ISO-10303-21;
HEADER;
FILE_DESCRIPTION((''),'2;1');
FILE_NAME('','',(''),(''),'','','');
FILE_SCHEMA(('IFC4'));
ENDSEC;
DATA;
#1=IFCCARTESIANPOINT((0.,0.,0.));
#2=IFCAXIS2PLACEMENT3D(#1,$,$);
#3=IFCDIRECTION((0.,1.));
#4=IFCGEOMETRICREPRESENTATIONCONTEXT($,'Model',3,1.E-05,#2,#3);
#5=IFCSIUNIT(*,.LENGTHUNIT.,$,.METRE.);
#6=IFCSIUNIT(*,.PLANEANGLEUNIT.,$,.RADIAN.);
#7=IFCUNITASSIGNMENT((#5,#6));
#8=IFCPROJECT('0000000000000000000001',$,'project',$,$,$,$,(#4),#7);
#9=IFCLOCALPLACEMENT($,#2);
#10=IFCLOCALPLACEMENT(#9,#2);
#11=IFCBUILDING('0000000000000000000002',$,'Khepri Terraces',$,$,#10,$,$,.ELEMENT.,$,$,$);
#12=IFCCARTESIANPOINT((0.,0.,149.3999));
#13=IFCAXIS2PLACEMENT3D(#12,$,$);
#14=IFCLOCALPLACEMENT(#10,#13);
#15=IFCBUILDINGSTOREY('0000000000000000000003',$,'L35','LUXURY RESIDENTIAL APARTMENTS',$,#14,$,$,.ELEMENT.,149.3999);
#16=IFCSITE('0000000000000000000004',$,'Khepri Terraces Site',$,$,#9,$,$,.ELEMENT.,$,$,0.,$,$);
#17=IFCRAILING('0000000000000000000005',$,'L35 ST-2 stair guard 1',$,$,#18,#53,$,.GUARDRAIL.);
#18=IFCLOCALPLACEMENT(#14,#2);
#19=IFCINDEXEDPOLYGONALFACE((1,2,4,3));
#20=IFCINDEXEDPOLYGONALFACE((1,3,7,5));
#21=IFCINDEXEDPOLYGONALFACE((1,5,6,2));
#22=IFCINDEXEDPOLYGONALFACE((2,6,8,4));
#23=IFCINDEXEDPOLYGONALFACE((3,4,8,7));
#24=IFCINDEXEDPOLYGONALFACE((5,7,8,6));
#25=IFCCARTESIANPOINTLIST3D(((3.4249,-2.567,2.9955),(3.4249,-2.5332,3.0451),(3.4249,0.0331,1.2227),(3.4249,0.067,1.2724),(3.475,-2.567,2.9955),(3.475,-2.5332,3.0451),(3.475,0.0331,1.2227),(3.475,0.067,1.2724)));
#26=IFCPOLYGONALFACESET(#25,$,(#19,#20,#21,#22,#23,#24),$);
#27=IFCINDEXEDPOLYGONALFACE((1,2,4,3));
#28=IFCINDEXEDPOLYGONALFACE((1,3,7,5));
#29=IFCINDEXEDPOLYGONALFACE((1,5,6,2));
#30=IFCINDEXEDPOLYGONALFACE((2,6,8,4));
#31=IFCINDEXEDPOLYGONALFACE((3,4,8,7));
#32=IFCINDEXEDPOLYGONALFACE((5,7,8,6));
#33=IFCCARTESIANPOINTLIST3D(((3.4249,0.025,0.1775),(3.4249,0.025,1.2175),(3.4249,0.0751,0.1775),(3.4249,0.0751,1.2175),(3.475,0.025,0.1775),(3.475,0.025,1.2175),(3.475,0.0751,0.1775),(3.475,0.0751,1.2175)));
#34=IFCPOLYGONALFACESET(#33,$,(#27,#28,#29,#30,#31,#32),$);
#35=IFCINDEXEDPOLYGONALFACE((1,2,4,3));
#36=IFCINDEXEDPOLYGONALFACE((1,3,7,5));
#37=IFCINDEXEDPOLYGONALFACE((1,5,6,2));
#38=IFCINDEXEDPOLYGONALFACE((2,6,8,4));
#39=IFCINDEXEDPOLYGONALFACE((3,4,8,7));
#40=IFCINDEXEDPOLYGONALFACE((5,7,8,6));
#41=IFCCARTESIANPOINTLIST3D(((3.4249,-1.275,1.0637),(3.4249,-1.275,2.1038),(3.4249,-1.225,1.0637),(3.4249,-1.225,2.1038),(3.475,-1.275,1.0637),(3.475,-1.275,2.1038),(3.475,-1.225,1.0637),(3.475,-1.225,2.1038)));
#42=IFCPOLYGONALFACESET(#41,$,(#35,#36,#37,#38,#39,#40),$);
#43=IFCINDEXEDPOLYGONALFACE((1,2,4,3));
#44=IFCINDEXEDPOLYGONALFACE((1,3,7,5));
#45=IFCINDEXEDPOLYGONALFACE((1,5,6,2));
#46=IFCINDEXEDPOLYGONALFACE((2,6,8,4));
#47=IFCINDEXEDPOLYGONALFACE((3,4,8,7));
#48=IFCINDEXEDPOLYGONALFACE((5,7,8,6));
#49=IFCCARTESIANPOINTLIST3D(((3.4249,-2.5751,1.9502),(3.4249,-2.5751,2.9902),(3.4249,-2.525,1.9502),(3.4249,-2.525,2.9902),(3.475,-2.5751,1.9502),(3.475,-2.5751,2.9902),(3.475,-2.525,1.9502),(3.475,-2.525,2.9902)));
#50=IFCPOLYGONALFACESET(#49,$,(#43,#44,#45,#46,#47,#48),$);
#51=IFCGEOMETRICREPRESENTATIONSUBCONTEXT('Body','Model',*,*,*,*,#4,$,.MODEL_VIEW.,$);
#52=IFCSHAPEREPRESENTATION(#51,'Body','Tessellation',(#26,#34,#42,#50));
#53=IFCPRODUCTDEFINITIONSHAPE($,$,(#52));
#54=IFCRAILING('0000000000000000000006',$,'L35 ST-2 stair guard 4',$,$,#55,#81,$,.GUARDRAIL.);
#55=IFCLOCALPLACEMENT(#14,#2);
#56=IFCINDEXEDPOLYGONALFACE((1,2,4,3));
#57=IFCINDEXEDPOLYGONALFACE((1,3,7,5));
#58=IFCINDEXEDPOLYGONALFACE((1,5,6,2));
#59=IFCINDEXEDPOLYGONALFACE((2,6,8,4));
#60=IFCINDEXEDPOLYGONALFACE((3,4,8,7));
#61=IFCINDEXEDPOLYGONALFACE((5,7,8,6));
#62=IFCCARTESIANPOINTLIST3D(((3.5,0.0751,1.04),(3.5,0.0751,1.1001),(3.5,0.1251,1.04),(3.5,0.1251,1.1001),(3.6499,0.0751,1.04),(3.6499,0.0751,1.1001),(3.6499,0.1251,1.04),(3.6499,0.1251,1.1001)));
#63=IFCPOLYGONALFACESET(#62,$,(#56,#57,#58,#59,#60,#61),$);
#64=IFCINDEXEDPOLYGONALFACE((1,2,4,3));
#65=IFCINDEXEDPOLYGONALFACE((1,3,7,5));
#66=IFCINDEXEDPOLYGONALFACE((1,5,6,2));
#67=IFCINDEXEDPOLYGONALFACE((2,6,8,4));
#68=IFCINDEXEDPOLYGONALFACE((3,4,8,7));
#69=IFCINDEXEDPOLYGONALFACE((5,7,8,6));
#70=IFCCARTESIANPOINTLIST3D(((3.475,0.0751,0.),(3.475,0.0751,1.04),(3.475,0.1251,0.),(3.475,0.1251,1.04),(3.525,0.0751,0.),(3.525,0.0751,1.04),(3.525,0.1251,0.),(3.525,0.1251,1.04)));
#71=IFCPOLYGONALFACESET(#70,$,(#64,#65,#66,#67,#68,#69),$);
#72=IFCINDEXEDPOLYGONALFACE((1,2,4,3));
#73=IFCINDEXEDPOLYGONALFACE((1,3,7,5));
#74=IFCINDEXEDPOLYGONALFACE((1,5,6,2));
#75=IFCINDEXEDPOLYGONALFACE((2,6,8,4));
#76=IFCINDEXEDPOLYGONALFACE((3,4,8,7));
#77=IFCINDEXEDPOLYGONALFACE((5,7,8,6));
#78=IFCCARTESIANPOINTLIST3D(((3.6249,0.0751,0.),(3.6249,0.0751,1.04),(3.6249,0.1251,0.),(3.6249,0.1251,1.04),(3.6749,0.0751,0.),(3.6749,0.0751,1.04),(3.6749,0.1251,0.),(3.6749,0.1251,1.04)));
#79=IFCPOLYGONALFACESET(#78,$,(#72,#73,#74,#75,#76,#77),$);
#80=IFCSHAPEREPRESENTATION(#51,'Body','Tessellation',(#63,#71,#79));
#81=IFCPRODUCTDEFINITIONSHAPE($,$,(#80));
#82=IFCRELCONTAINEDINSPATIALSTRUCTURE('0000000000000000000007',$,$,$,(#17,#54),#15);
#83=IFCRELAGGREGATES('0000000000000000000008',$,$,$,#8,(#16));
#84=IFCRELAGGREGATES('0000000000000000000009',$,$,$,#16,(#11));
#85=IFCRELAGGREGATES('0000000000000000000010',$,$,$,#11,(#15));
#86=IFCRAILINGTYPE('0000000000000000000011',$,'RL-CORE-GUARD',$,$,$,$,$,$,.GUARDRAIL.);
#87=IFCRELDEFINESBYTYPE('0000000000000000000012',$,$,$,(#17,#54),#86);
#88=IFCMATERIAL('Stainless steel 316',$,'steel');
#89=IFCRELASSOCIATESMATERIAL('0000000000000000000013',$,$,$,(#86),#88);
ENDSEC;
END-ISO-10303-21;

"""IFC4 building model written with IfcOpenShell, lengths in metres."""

from ifc_helpers import new_model, si_unit, direction, frame, origin, origin_2d, place, context, subcontext, project, spatial, rectangle, extrude, material, type_object, element, save


model = new_model("IFC4")

# Units and contexts
model_context = context("Model", 3, precision=1e-05, world=origin(), true_north=direction((0.0, 1.0)))
body_context = subcontext(model_context, "Body", "Model", "MODEL_VIEW")
ifc_project = project(units=[si_unit("LENGTHUNIT", "METRE"), si_unit("PLANEANGLEUNIT", "RADIAN")], contexts=[model_context])

# Site, building, storey
site_placement = place(None, origin())
site = spatial("IfcSite", under=ifc_project, at=site_placement, Name="Khepri Terraces Site", CompositionType="ELEMENT", RefElevation=0.0)
building_placement = place(site_placement, origin())
building = spatial("IfcBuilding", under=site, at=building_placement, Name="Khepri Terraces", CompositionType="ELEMENT")
storey_placement = place(building_placement, frame((0.0, 0.0, 149.3999)))
storey = spatial("IfcBuildingStorey", under=building, at=storey_placement, Name="L35", Description="LUXURY RESIDENTIAL APARTMENTS", CompositionType="ELEMENT", Elevation=149.3999)

# Railings
ifc_material_1 = material(Name="Stainless steel 316", Category="steel")
railing_type = type_object("IfcRailingType", Name="RL-CORE-GUARD", PredefinedType="GUARDRAIL", material=ifc_material_1)
railing_1_placement = place(storey_placement, frame((3.45, 0.05, 0.1775)))
element("IfcRailing", 1, at=railing_1_placement, inside=storey, type_object=railing_type, Name="L35 ST-2 stair guard 1", PredefinedType="GUARDRAIL", context=body_context, shape_type="SweptSolid", body=[
    extrude(rectangle(XDim=0.05, YDim=0.0601, at=origin_2d()), frame((0.0, 0.0, 1.0701), z_axis=(0.0, -0.82624, 0.563318), x_axis=(1.0, 0.0, 0.0)), (0.0, 0.0, 1.0), 3.147),
    extrude(rectangle(XDim=0.05, YDim=0.05, at=origin_2d()), origin(), (0.0, 0.0, 1.0), 1.04),
    extrude(rectangle(XDim=0.05, YDim=0.05, at=origin_2d()), frame((0.0, -1.3, 0.8862)), (0.0, 0.0, 1.0), 1.04),
    extrude(rectangle(XDim=0.05, YDim=0.05, at=origin_2d()), frame((0.0, -2.6001, 1.7727)), (0.0, 0.0, 1.0), 1.04),
])
railing_2_placement = place(storey_placement, frame((3.5, 0.1001, 0.0)))
element("IfcRailing", 2, at=railing_2_placement, inside=storey, type_object=railing_type, Name="L35 ST-2 stair guard 4", PredefinedType="GUARDRAIL", context=body_context, shape_type="SweptSolid", body=[
    extrude(rectangle(XDim=0.05, YDim=0.0601, at=origin_2d()), frame((0.0, 0.0, 1.0701), z_axis=(1.0, 0.0, 0.0), x_axis=(0.0, 1.0, 0.0)), (0.0, 0.0, 1.0), 0.1499),
    extrude(rectangle(XDim=0.05, YDim=0.05, at=origin_2d()), origin(), (0.0, 0.0, 1.0), 1.04),
    extrude(rectangle(XDim=0.05, YDim=0.05, at=origin_2d()), frame((0.1499, 0.0, 0.0)), (0.0, 0.0, 1.0), 1.04),
])

save(model, "model.ifc")
